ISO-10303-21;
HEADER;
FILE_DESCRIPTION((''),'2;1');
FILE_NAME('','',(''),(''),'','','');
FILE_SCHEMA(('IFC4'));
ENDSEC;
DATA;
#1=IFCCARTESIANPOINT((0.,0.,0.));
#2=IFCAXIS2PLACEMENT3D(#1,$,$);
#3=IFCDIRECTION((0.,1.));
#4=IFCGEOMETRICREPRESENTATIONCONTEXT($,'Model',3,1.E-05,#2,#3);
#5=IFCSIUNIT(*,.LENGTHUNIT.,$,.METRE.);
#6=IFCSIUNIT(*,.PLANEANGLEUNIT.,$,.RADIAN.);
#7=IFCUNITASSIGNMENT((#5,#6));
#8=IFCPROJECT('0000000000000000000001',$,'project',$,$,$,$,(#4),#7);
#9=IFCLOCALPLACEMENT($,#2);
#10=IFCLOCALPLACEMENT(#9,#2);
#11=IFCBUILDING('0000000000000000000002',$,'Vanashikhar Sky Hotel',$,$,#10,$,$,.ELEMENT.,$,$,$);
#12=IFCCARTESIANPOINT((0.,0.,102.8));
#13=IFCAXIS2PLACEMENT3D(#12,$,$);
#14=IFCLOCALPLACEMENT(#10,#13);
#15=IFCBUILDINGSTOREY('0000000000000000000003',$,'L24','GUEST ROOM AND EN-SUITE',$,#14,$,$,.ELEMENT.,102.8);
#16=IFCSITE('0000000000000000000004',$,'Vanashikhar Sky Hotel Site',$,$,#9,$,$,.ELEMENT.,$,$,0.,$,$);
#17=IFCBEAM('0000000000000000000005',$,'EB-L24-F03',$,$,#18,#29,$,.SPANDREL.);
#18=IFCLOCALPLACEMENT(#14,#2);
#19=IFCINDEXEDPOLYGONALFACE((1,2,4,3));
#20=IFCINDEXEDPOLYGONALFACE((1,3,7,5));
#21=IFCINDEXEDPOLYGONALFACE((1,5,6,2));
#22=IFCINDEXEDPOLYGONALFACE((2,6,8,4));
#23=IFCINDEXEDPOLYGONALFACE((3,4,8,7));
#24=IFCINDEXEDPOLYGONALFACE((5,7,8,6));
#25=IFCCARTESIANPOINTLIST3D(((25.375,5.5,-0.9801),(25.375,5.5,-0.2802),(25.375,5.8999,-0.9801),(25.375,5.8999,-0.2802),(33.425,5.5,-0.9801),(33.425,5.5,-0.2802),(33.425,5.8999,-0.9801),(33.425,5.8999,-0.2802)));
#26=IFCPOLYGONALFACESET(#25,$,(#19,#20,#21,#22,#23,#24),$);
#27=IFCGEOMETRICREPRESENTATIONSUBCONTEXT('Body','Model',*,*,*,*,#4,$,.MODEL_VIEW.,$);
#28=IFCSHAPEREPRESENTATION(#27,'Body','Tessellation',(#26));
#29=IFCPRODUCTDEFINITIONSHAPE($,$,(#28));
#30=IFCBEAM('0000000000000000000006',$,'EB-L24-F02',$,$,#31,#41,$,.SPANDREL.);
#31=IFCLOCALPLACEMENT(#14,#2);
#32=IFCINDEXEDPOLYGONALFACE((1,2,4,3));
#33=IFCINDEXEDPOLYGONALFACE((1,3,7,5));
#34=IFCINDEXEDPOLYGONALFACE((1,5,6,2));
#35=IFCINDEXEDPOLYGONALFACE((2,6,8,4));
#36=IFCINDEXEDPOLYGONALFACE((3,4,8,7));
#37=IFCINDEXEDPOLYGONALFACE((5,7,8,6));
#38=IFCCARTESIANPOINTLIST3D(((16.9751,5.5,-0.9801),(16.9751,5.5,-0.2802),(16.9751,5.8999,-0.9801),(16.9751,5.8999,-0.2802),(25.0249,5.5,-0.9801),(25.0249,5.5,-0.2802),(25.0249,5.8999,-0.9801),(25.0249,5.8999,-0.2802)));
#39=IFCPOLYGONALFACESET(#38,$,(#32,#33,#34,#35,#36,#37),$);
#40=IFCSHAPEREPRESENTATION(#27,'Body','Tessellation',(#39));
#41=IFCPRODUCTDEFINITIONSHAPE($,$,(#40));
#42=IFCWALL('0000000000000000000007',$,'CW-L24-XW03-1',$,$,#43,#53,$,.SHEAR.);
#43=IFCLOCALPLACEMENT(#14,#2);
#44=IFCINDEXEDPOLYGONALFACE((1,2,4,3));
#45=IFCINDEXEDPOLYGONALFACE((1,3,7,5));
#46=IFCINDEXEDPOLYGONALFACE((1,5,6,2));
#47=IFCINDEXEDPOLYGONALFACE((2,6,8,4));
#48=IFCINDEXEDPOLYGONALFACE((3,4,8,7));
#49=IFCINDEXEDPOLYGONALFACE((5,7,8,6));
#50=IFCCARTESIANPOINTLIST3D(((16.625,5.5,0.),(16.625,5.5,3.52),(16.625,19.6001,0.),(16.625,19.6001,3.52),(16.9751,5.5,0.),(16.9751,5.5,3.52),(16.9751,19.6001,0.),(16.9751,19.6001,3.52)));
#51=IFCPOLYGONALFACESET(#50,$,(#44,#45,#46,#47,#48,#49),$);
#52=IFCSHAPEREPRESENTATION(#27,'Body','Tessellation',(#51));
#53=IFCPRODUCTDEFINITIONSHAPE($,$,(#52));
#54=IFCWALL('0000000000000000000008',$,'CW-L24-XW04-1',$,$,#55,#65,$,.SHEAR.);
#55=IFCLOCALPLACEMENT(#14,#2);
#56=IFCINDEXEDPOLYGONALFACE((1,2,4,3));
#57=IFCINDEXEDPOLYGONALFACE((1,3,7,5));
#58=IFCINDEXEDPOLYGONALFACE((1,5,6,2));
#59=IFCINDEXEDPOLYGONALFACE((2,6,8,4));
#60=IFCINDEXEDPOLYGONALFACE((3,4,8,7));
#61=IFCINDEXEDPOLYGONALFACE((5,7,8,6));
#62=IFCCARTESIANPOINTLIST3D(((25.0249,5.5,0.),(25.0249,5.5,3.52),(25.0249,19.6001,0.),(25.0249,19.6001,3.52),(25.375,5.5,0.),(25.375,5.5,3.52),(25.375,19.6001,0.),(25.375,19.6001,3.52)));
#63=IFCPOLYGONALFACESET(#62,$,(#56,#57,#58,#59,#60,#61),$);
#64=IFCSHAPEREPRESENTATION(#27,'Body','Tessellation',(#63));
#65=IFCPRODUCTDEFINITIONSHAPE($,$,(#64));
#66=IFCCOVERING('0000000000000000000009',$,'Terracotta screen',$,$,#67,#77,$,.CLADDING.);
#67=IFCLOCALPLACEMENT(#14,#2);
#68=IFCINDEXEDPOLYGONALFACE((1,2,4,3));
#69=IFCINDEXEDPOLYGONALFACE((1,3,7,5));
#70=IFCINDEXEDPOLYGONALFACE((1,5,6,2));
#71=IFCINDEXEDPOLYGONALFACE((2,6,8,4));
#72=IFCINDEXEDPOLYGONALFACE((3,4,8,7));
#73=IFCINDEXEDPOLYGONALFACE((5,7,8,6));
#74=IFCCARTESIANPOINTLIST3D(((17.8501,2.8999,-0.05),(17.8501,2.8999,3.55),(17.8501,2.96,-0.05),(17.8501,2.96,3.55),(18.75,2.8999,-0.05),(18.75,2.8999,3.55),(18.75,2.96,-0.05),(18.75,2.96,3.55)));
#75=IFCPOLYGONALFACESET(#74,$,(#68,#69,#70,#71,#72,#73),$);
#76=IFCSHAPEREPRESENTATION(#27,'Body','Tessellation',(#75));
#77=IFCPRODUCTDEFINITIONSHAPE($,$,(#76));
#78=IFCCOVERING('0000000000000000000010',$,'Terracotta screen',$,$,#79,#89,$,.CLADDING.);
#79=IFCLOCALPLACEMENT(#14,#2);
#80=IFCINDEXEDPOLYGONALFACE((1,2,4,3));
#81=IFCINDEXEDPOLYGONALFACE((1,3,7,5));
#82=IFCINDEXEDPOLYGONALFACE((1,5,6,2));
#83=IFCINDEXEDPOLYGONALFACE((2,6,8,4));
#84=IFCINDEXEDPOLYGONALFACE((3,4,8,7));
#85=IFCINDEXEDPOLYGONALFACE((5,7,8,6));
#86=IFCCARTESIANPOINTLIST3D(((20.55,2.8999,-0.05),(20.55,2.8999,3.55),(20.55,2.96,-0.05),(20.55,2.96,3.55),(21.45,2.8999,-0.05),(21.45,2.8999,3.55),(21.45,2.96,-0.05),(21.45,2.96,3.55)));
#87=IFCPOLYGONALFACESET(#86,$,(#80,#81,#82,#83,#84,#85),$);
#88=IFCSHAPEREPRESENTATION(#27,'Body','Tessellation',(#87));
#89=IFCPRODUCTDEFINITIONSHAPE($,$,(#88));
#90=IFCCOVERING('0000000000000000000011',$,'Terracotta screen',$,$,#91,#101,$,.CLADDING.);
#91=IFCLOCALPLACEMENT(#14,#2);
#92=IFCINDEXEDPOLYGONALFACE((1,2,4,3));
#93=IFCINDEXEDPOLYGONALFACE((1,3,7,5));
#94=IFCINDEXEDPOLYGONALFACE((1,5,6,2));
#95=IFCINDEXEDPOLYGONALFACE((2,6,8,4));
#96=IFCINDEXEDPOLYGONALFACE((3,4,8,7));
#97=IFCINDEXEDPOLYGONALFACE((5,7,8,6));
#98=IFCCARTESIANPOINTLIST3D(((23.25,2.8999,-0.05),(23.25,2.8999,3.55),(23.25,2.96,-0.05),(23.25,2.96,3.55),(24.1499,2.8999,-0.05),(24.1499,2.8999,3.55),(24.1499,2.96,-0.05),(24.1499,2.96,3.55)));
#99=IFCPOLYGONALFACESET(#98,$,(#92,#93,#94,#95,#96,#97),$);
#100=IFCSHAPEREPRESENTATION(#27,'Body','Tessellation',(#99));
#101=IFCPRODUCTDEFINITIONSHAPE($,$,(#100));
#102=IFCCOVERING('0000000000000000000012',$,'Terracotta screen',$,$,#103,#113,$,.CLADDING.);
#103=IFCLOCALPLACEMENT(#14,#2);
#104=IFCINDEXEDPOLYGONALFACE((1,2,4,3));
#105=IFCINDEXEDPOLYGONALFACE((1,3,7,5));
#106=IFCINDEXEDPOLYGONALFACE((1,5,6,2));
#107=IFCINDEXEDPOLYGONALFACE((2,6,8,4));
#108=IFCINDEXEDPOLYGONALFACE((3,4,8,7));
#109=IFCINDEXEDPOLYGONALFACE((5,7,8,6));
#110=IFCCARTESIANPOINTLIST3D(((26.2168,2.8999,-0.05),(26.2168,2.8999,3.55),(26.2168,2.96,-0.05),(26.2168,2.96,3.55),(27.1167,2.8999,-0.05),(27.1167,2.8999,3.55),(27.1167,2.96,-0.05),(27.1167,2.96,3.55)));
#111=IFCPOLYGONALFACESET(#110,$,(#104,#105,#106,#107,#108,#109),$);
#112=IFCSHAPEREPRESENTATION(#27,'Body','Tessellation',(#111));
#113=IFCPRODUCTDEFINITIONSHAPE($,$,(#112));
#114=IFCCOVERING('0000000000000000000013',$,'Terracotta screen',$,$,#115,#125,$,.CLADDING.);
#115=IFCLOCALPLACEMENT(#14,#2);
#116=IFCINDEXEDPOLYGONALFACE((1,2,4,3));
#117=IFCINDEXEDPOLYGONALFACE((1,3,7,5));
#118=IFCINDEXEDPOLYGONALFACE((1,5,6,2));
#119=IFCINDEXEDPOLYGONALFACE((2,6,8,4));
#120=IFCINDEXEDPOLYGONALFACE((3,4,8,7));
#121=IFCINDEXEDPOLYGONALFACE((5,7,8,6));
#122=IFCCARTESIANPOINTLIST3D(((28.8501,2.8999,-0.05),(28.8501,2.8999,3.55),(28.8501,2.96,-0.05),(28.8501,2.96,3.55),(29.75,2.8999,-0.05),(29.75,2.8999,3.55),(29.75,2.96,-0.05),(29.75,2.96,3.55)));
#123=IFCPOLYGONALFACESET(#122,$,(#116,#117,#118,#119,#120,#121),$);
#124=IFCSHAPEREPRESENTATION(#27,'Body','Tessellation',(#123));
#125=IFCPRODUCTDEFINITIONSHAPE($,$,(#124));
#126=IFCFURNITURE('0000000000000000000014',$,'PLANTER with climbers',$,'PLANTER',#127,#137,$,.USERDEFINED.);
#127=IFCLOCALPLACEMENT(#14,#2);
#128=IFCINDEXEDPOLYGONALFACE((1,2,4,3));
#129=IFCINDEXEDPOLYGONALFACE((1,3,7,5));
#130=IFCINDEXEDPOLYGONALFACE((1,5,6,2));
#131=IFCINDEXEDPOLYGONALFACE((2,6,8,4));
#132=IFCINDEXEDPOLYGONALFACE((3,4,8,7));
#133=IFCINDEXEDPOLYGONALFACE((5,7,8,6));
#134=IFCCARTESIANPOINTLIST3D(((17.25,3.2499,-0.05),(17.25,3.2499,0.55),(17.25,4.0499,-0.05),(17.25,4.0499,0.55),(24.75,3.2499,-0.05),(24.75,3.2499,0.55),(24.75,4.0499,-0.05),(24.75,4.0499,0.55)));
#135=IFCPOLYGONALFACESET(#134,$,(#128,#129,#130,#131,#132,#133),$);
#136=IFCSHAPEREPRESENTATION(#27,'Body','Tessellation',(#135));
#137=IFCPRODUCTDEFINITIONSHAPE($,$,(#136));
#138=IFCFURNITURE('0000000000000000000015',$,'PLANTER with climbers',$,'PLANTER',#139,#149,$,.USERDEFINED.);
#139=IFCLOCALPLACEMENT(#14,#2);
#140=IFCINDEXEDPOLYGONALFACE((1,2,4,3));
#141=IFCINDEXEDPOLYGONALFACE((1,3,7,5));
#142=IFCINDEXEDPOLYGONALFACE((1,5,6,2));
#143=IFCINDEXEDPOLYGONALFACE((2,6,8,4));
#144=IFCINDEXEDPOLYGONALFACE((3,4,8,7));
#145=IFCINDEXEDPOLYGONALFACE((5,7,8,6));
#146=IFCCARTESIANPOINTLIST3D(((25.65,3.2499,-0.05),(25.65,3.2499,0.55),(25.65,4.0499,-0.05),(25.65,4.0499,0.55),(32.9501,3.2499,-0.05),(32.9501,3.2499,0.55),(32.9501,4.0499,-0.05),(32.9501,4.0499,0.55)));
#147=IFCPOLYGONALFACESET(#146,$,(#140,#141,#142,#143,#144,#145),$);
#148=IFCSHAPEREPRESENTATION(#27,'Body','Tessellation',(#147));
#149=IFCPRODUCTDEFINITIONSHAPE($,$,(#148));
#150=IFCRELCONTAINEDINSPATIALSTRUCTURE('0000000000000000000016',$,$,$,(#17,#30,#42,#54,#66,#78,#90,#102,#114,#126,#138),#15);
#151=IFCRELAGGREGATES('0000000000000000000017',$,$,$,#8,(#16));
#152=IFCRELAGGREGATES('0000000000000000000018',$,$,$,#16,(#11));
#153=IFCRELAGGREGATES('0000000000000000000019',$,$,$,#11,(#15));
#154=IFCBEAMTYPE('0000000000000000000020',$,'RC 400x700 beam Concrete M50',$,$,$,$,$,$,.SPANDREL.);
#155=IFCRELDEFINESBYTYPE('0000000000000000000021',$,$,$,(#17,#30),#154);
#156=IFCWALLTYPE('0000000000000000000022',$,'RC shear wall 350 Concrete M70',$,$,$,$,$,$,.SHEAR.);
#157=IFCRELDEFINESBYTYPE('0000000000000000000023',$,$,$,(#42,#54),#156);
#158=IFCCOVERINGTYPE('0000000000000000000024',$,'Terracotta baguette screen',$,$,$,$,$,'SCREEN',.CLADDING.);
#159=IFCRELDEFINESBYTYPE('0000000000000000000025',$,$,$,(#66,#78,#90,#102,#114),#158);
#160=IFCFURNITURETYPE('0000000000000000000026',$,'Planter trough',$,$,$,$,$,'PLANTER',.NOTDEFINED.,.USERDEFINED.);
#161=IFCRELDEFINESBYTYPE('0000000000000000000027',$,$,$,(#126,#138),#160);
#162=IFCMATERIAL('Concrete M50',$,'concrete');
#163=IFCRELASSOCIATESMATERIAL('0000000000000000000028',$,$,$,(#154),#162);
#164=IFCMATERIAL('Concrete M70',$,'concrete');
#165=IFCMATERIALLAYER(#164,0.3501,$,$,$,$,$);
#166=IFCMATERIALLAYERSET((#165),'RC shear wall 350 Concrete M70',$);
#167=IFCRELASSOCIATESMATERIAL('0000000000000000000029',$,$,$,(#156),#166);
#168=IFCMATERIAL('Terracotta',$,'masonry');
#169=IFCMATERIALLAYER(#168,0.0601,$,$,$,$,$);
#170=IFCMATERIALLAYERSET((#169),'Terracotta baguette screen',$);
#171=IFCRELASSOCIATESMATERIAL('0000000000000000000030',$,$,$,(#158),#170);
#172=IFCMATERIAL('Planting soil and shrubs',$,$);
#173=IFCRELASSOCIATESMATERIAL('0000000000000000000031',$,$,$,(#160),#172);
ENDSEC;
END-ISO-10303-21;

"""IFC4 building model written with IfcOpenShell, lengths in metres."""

from ifc_helpers import new_model, si_unit, direction, frame, frame_2d, origin, origin_2d, place, context, subcontext, project, spatial, rectangle, extrude, source, transform, mapped, material, layer, layer_set, material_profile, profile_set, type_object, element, save


model = new_model("IFC4")

# Units and contexts
model_context = context("Model", 3, precision=1e-05, world=origin(), true_north=direction((0.0, 1.0)))
body_context = subcontext(model_context, "Body", "Model", "MODEL_VIEW")
ifc_project = project(units=[si_unit("LENGTHUNIT", "METRE"), si_unit("PLANEANGLEUNIT", "RADIAN")], contexts=[model_context])

# Site, building, storey
site_placement = place(None, origin())
site = spatial("IfcSite", under=ifc_project, at=site_placement, Name="Vanashikhar Sky Hotel Site", CompositionType="ELEMENT", RefElevation=0.0)
building_placement = place(site_placement, origin())
building = spatial("IfcBuilding", under=site, at=building_placement, Name="Vanashikhar Sky Hotel", CompositionType="ELEMENT")
storey_placement = place(building_placement, frame((0.0, 0.0, 102.8)))
storey = spatial("IfcBuildingStorey", under=building, at=storey_placement, Name="L24", Description="GUEST ROOM AND EN-SUITE", CompositionType="ELEMENT", Elevation=102.8)

# Beams
ifc_material_1 = material(Name="Concrete M50", Category="concrete")
ifc_material_profile = material_profile(ifc_material_1, rectangle(XDim=0.3999, YDim=0.7, at=origin_2d()))
ifc_profile_set = profile_set([ifc_material_profile], Name="RC 400x700 beam Concrete M50")
beam_type = type_object("IfcBeamType", Name="RC 400x700 beam Concrete M50", PredefinedType="SPANDREL", material=ifc_profile_set)
shared_shape_1 = source(origin(), body_context, "Body", "SweptSolid", [
    extrude(rectangle(XDim=0.3999, YDim=0.7, at=origin_2d()), origin(), (0.0, 0.0, 1.0), 8.05),
])
beam_1_placement = place(storey_placement, frame((25.375, 5.7, -0.6301), z_axis=(1.0, 0.0, 0.0), x_axis=(0.0, 1.0, 0.0)))
element("IfcBeam", 1, at=beam_1_placement, inside=storey, type_object=beam_type, Name="EB-L24-F03", PredefinedType="SPANDREL", context=body_context, shape_type="MappedRepresentation", body=[
    mapped(shared_shape_1, transform((0.0, 0.0, 0.0), scale=1.0)),
])
shared_shape_2 = source(origin(), body_context, "Body", "SweptSolid", [
    extrude(rectangle(XDim=0.3999, YDim=0.7, at=origin_2d()), origin(), (0.0, 0.0, 1.0), 8.0498),
])
beam_2_placement = place(storey_placement, frame((16.9751, 5.7, -0.6301), z_axis=(1.0, 0.0, 0.0), x_axis=(0.0, 1.0, 0.0)))
element("IfcBeam", 2, at=beam_2_placement, inside=storey, type_object=beam_type, Name="EB-L24-F02", PredefinedType="SPANDREL", context=body_context, shape_type="MappedRepresentation", body=[
    mapped(shared_shape_2, transform((0.0, 0.0, 0.0), scale=1.0)),
])

# Walls
ifc_material_2 = material(Name="Concrete M70", Category="concrete")
ifc_layer_1 = layer(ifc_material_2, 0.3501)
ifc_layer_set_1 = layer_set([ifc_layer_1], Name="RC shear wall 350 Concrete M70")
wall_type_1 = type_object("IfcWallType", Name="RC shear wall 350 Concrete M70", PredefinedType="SHEAR", material=ifc_layer_set_1)
shared_shape_3 = source(origin(), body_context, "Body", "SweptSolid", [
    extrude(rectangle(XDim=14.1001, YDim=0.3501, at=frame_2d((7.05, 0.0))), origin(), (0.0, 0.0, 1.0), 3.52),
])
for number, where, z_axis, x_axis, name in (
    (3, (16.8, 5.5, 0.0), (0.0, 0.0, 1.0), (0.0, 1.0, 0.0), "CW-L24-XW03-1"),
    (4, (25.2, 5.5, 0.0), (0.0, 0.0, 1.0), (0.0, 1.0, 0.0), "CW-L24-XW04-1"),
):
    element("IfcWall", number, at=place(storey_placement, frame(where, z_axis=z_axis, x_axis=x_axis)), inside=storey, type_object=wall_type_1, Name=name, PredefinedType="SHEAR", context=body_context, shape_type="MappedRepresentation", body=[
        mapped(shared_shape_3, transform((0.0, 0.0, 0.0), scale=1.0)),
    ])

# Coverings
ifc_material_3 = material(Name="Terracotta", Category="masonry")
ifc_layer_2 = layer(ifc_material_3, 0.0601)
ifc_layer_set_2 = layer_set([ifc_layer_2], Name="Terracotta baguette screen")
covering_type = type_object("IfcCoveringType", Name="Terracotta baguette screen", ElementType="SCREEN", PredefinedType="CLADDING", material=ifc_layer_set_2)
shared_shape_4 = source(origin(), body_context, "Body", "SweptSolid", [
    extrude(rectangle(XDim=0.8999, YDim=0.0601, at=origin_2d()), origin(), (0.0, 0.0, 1.0), 3.6001),
])
for number, where, z_axis, x_axis, name in (
    (5, (18.3, 2.9299, -0.05), (0.0, 0.0, 1.0), (1.0, 0.0, 0.0), "Terracotta screen"),
    (6, (21.0, 2.9299, -0.05), (0.0, 0.0, 1.0), (1.0, 0.0, 0.0), "Terracotta screen"),
    (7, (23.7, 2.9299, -0.05), (0.0, 0.0, 1.0), (1.0, 0.0, 0.0), "Terracotta screen"),
    (8, (26.6667, 2.9299, -0.05), (0.0, 0.0, 1.0), (1.0, 0.0, 0.0), "Terracotta screen"),
    (9, (29.3, 2.9299, -0.05), (0.0, 0.0, 1.0), (1.0, 0.0, 0.0), "Terracotta screen"),
):
    element("IfcCovering", number, at=place(storey_placement, frame(where, z_axis=z_axis, x_axis=x_axis)), inside=storey, type_object=covering_type, Name=name, PredefinedType="CLADDING", context=body_context, shape_type="MappedRepresentation", body=[
        mapped(shared_shape_4, transform((0.0, 0.0, 0.0), scale=1.0)),
    ])

# Furniture
ifc_material_4 = material(Name="Planting soil and shrubs")
furniture_type = type_object("IfcFurnitureType", Name="Planter trough", ElementType="PLANTER", AssemblyPlace="NOTDEFINED", PredefinedType="USERDEFINED", material=ifc_material_4)
shared_shape_5 = source(origin(), body_context, "Body", "SweptSolid", [
    extrude(rectangle(XDim=7.5, YDim=0.8, at=origin_2d()), origin(), (0.0, 0.0, 1.0), 0.6001),
])
furniture_1_placement = place(storey_placement, frame((21.0, 3.6499, -0.05), z_axis=(0.0, 0.0, 1.0), x_axis=(1.0, 0.0, 0.0)))
element("IfcFurniture", 10, at=furniture_1_placement, inside=storey, type_object=furniture_type, Name="PLANTER with climbers", ObjectType="PLANTER", PredefinedType="USERDEFINED", context=body_context, shape_type="MappedRepresentation", body=[
    mapped(shared_shape_5, transform((0.0, 0.0, 0.0), scale=1.0)),
])
shared_shape_6 = source(origin(), body_context, "Body", "SweptSolid", [
    extrude(rectangle(XDim=7.3, YDim=0.8, at=origin_2d()), origin(), (0.0, 0.0, 1.0), 0.6001),
])
furniture_2_placement = place(storey_placement, frame((29.3, 3.6499, -0.05), z_axis=(0.0, 0.0, 1.0), x_axis=(1.0, 0.0, 0.0)))
element("IfcFurniture", 11, at=furniture_2_placement, inside=storey, type_object=furniture_type, Name="PLANTER with climbers", ObjectType="PLANTER", PredefinedType="USERDEFINED", context=body_context, shape_type="MappedRepresentation", body=[
    mapped(shared_shape_6, transform((0.0, 0.0, 0.0), scale=1.0)),
])

save(model, "model.ifc")
